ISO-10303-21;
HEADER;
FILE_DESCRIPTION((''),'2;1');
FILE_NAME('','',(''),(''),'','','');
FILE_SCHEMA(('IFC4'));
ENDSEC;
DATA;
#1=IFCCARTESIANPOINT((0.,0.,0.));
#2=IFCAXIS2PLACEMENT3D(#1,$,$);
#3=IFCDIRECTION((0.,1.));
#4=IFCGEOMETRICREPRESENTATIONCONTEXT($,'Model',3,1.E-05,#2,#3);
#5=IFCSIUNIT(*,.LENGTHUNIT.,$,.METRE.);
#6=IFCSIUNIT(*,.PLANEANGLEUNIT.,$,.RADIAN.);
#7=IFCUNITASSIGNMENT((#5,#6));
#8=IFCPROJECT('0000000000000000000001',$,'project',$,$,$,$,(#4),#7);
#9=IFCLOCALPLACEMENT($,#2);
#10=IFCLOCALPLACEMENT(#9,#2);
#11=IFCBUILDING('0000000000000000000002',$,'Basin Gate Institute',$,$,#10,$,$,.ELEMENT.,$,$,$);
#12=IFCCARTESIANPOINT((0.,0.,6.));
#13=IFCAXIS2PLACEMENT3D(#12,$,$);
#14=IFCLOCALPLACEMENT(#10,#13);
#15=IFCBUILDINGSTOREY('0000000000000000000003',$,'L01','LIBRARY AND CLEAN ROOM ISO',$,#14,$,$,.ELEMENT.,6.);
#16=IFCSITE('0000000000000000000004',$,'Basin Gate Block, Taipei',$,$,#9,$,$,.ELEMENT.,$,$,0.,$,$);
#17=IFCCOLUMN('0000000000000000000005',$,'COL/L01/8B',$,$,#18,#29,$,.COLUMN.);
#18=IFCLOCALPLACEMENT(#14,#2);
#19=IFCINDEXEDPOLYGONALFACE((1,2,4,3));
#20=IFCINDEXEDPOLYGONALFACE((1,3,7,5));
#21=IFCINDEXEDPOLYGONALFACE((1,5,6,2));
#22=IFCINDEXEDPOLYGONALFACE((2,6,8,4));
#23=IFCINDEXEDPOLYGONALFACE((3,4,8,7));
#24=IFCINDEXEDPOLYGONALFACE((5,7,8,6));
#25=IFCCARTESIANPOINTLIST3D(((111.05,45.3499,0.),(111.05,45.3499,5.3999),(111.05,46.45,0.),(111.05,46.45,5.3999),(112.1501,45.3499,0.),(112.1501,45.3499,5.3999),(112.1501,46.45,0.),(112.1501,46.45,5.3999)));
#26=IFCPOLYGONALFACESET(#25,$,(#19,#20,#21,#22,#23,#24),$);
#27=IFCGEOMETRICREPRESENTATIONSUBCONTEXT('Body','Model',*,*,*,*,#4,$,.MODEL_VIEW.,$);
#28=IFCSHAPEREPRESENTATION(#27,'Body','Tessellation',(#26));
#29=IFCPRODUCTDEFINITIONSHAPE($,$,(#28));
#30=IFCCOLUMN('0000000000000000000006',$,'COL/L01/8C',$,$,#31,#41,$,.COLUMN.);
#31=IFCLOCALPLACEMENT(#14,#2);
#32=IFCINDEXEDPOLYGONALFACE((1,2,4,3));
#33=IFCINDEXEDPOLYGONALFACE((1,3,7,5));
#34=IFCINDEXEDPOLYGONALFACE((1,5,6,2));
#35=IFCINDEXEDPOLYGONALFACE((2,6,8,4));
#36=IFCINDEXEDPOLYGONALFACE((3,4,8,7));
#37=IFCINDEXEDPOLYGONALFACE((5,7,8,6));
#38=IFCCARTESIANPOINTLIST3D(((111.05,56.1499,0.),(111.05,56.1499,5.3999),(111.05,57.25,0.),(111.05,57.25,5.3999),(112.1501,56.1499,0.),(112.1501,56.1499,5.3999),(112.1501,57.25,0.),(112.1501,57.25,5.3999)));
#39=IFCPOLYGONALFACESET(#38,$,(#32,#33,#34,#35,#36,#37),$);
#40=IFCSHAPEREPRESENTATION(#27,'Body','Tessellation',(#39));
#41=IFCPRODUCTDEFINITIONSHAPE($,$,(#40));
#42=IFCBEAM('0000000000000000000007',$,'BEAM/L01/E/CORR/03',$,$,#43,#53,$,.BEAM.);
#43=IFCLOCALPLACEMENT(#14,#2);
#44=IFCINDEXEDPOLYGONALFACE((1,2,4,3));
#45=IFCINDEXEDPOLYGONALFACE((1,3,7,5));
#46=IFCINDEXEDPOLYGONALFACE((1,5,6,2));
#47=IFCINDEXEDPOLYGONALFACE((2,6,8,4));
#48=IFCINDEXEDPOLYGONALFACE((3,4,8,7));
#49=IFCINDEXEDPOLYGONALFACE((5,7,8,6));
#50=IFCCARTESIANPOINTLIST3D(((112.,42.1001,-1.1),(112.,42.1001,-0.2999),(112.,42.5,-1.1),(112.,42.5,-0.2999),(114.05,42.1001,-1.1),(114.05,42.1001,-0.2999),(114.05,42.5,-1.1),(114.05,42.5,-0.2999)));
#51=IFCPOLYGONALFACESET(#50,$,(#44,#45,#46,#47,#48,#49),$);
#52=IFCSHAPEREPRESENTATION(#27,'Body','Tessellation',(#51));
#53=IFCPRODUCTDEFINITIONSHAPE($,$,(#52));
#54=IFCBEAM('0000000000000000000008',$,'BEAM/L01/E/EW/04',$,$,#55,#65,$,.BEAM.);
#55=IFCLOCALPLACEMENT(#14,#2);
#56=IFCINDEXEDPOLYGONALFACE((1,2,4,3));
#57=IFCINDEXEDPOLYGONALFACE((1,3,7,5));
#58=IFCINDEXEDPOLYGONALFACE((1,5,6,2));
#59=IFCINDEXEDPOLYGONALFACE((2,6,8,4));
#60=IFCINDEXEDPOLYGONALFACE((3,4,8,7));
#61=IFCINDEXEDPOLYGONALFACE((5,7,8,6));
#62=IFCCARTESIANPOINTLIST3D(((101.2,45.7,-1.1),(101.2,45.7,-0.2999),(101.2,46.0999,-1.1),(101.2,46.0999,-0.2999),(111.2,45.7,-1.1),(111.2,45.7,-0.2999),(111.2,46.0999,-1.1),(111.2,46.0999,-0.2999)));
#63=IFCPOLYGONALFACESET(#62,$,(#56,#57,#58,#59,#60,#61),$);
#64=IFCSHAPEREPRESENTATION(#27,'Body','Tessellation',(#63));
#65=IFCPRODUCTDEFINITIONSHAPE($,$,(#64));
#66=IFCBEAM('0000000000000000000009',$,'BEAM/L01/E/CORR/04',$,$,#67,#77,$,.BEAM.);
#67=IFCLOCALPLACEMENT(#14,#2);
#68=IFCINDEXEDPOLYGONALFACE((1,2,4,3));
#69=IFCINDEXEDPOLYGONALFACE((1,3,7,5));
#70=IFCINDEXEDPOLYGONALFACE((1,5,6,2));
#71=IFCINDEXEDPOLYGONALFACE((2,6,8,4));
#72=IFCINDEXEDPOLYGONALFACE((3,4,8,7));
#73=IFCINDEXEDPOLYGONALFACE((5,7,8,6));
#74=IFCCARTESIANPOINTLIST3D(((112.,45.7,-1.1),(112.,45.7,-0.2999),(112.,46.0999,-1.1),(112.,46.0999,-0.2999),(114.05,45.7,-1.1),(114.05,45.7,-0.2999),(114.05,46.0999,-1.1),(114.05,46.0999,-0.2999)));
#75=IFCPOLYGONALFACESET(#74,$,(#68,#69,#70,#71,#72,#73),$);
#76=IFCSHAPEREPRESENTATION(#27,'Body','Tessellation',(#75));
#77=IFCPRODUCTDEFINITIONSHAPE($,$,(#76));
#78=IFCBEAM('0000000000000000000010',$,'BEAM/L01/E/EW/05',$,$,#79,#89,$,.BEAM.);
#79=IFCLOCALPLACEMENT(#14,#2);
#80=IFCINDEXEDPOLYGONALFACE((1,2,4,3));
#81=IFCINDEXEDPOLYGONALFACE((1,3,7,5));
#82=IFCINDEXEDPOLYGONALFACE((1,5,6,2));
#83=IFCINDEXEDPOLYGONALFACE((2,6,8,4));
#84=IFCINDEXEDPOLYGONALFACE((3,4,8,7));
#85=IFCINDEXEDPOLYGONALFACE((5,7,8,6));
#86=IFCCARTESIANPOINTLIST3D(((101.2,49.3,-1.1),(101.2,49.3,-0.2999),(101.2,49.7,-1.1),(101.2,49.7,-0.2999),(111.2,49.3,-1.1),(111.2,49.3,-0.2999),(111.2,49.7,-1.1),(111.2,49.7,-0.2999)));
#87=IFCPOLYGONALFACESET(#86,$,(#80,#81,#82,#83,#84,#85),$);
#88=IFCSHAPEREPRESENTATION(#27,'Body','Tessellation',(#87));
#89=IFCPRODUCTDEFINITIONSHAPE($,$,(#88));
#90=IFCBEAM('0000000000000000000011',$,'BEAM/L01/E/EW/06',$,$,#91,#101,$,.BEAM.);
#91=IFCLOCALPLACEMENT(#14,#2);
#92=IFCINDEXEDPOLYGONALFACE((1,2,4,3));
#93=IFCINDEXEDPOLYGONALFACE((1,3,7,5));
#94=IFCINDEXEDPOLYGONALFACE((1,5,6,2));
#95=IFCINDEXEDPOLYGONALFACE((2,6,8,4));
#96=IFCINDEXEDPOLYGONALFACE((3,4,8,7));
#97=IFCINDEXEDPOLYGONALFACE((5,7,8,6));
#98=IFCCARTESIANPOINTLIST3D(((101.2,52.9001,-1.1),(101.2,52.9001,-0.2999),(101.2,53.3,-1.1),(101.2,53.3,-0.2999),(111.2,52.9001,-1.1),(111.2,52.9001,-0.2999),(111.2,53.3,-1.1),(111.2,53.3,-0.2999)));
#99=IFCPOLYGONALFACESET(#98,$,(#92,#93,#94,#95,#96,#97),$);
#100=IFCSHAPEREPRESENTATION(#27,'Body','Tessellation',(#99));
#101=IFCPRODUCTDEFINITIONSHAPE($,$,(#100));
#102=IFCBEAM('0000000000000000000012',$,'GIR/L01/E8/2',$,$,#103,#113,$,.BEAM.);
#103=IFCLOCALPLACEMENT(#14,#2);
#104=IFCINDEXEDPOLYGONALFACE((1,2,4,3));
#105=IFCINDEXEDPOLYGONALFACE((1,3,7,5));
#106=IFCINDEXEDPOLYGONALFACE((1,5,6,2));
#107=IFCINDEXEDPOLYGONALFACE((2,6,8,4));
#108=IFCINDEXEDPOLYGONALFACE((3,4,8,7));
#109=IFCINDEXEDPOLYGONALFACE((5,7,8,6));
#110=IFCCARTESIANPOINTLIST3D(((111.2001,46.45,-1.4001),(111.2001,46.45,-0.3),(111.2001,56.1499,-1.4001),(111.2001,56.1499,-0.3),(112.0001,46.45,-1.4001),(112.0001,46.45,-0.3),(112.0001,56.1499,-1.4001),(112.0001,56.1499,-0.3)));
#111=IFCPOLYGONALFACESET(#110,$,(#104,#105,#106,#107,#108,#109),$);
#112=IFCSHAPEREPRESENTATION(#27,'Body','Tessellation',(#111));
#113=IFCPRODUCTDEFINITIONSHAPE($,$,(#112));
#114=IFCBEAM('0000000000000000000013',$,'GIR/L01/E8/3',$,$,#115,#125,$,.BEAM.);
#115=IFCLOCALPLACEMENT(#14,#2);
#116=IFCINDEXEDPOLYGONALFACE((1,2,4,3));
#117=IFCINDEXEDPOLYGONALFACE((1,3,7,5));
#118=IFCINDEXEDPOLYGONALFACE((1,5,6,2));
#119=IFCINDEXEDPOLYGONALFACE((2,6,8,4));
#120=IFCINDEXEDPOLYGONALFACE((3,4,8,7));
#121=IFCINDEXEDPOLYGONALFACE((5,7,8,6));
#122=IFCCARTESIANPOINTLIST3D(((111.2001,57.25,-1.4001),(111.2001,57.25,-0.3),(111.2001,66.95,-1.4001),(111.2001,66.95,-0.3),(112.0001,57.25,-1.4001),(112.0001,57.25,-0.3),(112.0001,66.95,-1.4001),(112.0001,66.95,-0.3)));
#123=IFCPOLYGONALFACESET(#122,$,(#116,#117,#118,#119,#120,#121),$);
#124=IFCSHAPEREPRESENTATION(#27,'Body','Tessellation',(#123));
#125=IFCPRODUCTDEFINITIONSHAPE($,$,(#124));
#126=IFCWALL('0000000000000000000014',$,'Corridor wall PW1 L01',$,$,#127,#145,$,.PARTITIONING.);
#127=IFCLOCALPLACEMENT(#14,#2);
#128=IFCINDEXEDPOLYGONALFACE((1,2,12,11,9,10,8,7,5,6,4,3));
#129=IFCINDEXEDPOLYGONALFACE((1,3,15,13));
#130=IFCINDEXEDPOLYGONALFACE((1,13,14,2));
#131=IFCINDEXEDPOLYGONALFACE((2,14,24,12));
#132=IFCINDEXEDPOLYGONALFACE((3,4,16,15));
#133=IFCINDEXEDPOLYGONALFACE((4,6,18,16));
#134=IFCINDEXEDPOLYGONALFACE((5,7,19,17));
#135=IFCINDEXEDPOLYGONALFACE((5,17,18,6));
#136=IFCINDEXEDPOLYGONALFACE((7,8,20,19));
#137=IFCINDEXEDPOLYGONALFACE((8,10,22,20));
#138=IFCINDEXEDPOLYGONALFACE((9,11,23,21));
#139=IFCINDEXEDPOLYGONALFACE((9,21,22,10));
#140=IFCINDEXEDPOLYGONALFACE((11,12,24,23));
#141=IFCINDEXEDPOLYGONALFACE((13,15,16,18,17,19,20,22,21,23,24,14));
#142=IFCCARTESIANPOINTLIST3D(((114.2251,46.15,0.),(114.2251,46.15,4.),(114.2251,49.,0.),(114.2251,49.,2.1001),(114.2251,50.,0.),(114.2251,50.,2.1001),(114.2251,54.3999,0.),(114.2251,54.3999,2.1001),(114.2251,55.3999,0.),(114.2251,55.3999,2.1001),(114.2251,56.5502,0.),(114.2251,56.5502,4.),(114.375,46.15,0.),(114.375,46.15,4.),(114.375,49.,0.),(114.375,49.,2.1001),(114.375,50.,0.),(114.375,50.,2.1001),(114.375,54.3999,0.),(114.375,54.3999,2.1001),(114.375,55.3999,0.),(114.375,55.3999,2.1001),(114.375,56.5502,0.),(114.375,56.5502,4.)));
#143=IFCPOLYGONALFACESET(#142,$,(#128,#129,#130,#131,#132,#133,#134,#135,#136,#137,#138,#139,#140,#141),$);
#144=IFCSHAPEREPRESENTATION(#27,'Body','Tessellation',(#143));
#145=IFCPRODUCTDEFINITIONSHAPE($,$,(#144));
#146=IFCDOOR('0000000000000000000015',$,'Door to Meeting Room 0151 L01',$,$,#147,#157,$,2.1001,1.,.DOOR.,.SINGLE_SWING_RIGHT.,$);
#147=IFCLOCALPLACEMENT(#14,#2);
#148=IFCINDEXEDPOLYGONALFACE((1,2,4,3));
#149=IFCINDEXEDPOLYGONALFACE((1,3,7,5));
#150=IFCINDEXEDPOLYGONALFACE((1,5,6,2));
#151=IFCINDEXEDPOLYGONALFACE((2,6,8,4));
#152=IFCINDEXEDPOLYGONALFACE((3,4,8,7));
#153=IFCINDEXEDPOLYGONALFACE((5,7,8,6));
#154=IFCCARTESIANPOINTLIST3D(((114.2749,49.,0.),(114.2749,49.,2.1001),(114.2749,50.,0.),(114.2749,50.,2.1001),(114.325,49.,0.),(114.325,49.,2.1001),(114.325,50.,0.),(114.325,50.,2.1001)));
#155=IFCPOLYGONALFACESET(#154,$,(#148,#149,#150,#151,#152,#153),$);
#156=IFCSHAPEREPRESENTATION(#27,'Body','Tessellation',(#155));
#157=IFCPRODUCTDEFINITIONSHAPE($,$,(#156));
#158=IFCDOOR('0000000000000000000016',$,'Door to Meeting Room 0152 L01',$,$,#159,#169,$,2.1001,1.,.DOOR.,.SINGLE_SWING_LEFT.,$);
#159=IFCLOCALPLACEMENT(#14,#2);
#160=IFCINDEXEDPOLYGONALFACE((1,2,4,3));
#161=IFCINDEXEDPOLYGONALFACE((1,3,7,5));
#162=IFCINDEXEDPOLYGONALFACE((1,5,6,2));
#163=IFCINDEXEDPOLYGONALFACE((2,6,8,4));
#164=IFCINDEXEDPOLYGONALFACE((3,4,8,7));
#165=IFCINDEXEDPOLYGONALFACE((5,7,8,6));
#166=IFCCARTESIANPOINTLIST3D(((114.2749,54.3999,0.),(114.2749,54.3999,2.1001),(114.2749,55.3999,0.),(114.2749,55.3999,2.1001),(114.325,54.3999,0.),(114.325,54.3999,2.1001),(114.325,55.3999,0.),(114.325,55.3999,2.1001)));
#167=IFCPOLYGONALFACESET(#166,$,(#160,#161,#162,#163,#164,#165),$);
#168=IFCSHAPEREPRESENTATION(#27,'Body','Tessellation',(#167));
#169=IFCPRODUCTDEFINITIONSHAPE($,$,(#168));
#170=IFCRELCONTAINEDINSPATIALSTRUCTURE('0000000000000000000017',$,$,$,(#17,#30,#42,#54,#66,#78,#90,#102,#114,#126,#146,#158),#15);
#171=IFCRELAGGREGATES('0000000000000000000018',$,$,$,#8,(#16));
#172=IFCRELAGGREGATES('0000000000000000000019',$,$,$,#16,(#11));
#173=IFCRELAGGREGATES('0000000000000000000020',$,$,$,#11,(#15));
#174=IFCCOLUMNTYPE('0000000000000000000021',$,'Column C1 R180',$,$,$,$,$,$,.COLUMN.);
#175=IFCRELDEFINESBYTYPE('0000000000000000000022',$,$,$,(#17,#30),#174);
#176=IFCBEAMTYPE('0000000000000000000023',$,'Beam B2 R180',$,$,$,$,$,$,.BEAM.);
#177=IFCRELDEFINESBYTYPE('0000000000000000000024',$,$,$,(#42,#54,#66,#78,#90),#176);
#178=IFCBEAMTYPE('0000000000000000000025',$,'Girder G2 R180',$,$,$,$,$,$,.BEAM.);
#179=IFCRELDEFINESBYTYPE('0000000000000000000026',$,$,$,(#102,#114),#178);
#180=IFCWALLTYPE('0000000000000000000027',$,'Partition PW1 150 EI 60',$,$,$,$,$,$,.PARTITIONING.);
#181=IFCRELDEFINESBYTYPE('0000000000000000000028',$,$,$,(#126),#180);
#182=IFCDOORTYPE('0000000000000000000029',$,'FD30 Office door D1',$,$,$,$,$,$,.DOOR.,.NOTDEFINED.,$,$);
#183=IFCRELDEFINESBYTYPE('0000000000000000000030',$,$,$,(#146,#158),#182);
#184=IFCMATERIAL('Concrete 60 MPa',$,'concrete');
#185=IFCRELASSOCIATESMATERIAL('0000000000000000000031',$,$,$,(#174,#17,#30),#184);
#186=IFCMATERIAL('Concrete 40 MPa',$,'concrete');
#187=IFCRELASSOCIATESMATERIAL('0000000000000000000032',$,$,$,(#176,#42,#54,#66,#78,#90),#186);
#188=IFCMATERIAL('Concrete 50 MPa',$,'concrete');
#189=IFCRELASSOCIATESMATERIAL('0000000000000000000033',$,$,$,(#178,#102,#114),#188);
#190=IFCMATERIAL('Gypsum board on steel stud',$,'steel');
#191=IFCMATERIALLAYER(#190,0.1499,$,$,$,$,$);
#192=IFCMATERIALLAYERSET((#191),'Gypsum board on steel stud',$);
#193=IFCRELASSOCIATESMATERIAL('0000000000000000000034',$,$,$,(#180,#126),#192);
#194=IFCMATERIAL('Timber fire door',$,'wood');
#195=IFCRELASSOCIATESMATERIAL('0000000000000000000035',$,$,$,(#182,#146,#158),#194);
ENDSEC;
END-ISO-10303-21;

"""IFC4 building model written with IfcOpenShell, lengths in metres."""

from ifc_helpers import new_model, si_unit, direction, frame, frame_2d, origin, origin_2d, place, context, subcontext, project, spatial, rectangle, extrude, material, layer, layer_set, material_profile, profile_set, type_object, element, fill, save


model = new_model("IFC4")

# Units and contexts
model_context = context("Model", 3, precision=1e-05, world=origin(), true_north=direction((0.0, 1.0)))
body_context = subcontext(model_context, "Body", "Model", "MODEL_VIEW")
ifc_project = project(units=[si_unit("LENGTHUNIT", "METRE"), si_unit("PLANEANGLEUNIT", "RADIAN")], contexts=[model_context])

# Site, building, storey
site_placement = place(None, origin())
site = spatial("IfcSite", under=ifc_project, at=site_placement, Name="Basin Gate Block, Taipei", CompositionType="ELEMENT", RefElevation=0.0)
building_placement = place(site_placement, origin())
building = spatial("IfcBuilding", under=site, at=building_placement, Name="Basin Gate Institute", CompositionType="ELEMENT")
storey_placement = place(building_placement, frame((0.0, 0.0, 6.0)))
storey = spatial("IfcBuildingStorey", under=building, at=storey_placement, Name="L01", Description="LIBRARY AND CLEAN ROOM ISO", CompositionType="ELEMENT", Elevation=6.0)

# Columns
ifc_material_1 = material(Name="Concrete 60 MPa", Category="concrete")
ifc_material_profile_1 = material_profile(ifc_material_1, rectangle(XDim=1.1001, YDim=1.1001, at=origin_2d()), Name="Column C1 1100 x 1100")
ifc_profile_set_1 = profile_set([ifc_material_profile_1], Name="Concrete 60 MPa")
column_type = type_object("IfcColumnType", Name="Column C1 R180", PredefinedType="COLUMN", material=ifc_profile_set_1)
for number, where, z_axis, x_axis, name in (
    (1, (111.6001, 45.8999, 0.0), (0.0, 0.0, 1.0), (1.0, 0.0, 0.0), "COL/L01/8B"),
    (2, (111.6001, 56.7, 0.0), (0.0, 0.0, 1.0), (1.0, 0.0, 0.0), "COL/L01/8C"),
):
    element("IfcColumn", number, at=place(storey_placement, frame(where, z_axis=z_axis, x_axis=x_axis)), inside=storey, type_object=column_type, material=ifc_profile_set_1, Name=name, PredefinedType="COLUMN", context=body_context, shape_type="SweptSolid", body=[
        extrude(rectangle(XDim=1.1001, YDim=1.1001, at=origin_2d()), origin(), (0.0, 0.0, 1.0), 5.3999),
    ])

# Beams
ifc_material_2 = material(Name="Concrete 40 MPa", Category="concrete")
ifc_material_profile_2 = material_profile(ifc_material_2, rectangle(XDim=0.3999, YDim=0.8, at=origin_2d()), Name="Beam B2 400 x 800")
ifc_profile_set_2 = profile_set([ifc_material_profile_2], Name="Concrete 40 MPa")
beam_type_1 = type_object("IfcBeamType", Name="Beam B2 R180", PredefinedType="BEAM", material=ifc_profile_set_2)
beam_1_placement = place(storey_placement, frame((114.05, 42.3, -0.7), z_axis=(-1.0, 0.0, 0.0), x_axis=(0.0, -1.0, 0.0)))
element("IfcBeam", 3, at=beam_1_placement, inside=storey, type_object=beam_type_1, material=ifc_profile_set_2, Name="BEAM/L01/E/CORR/03", PredefinedType="BEAM", context=body_context, shape_type="SweptSolid", body=[
    extrude(rectangle(XDim=0.3999, YDim=0.8, at=origin_2d()), origin(), (0.0, 0.0, 1.0), 2.05),
])
beam_2_placement = place(storey_placement, frame((111.2, 45.8999, -0.7), z_axis=(-1.0, 0.0, 0.0), x_axis=(0.0, -1.0, 0.0)))
element("IfcBeam", 4, at=beam_2_placement, inside=storey, type_object=beam_type_1, material=ifc_profile_set_2, Name="BEAM/L01/E/EW/04", PredefinedType="BEAM", context=body_context, shape_type="SweptSolid", body=[
    extrude(rectangle(XDim=0.3999, YDim=0.8, at=origin_2d()), origin(), (0.0, 0.0, 1.0), 10.0),
])
beam_3_placement = place(storey_placement, frame((114.05, 45.8999, -0.7), z_axis=(-1.0, 0.0, 0.0), x_axis=(0.0, -1.0, 0.0)))
element("IfcBeam", 5, at=beam_3_placement, inside=storey, type_object=beam_type_1, material=ifc_profile_set_2, Name="BEAM/L01/E/CORR/04", PredefinedType="BEAM", context=body_context, shape_type="SweptSolid", body=[
    extrude(rectangle(XDim=0.3999, YDim=0.8, at=origin_2d()), origin(), (0.0, 0.0, 1.0), 2.05),
])
for number, where, z_axis, x_axis, name in (
    (6, (111.2, 49.5, -0.7), (-1.0, 0.0, 0.0), (0.0, -1.0, 0.0), "BEAM/L01/E/EW/05"),
    (7, (111.2, 53.1001, -0.7), (-1.0, 0.0, 0.0), (0.0, -1.0, 0.0), "BEAM/L01/E/EW/06"),
):
    element("IfcBeam", number, at=place(storey_placement, frame(where, z_axis=z_axis, x_axis=x_axis)), inside=storey, type_object=beam_type_1, material=ifc_profile_set_2, Name=name, PredefinedType="BEAM", context=body_context, shape_type="SweptSolid", body=[
        extrude(rectangle(XDim=0.3999, YDim=0.8, at=origin_2d()), origin(), (0.0, 0.0, 1.0), 10.0),
    ])
ifc_material_3 = material(Name="Concrete 50 MPa", Category="concrete")
ifc_material_profile_3 = material_profile(ifc_material_3, rectangle(XDim=0.8, YDim=1.1001, at=origin_2d()), Name="Girder G2 800 x 1100")
ifc_profile_set_3 = profile_set([ifc_material_profile_3], Name="Concrete 50 MPa")
beam_type_2 = type_object("IfcBeamType", Name="Girder G2 R180", PredefinedType="BEAM", material=ifc_profile_set_3)
for number, where, z_axis, x_axis, name in (
    (8, (111.6001, 46.45, -0.8501), (0.0, 1.0, 0.0), (-1.0, 0.0, 0.0), "GIR/L01/E8/2"),
    (9, (111.6001, 57.25, -0.8501), (0.0, 1.0, 0.0), (-1.0, 0.0, 0.0), "GIR/L01/E8/3"),
):
    element("IfcBeam", number, at=place(storey_placement, frame(where, z_axis=z_axis, x_axis=x_axis)), inside=storey, type_object=beam_type_2, material=ifc_profile_set_3, Name=name, PredefinedType="BEAM", context=body_context, shape_type="SweptSolid", body=[
        extrude(rectangle(XDim=0.8, YDim=1.1001, at=origin_2d()), origin(), (0.0, 0.0, 1.0), 9.7),
    ])

# Wall, openings, doors
ifc_material_4 = material(Name="Gypsum board on steel stud", Category="steel")
ifc_layer_1 = layer(ifc_material_4, 0.1499)
ifc_layer_set_1 = layer_set([ifc_layer_1], Name="Gypsum board on steel stud")
wall_type_1 = type_object("IfcWallType", Name="Partition PW1 150 EI 60", PredefinedType="PARTITIONING", material=ifc_layer_set_1)
wall_1_placement = place(storey_placement, frame((114.3, 46.1499, 0.0), z_axis=(0.0, 0.0, 1.0), x_axis=(0.0, 1.0, 0.0)))
wall_1 = element("IfcWall", 10, at=wall_1_placement, inside=storey, type_object=wall_type_1, material=ifc_layer_set_1, Name="Corridor wall PW1 L01", PredefinedType="PARTITIONING", context=body_context, shape_type="SweptSolid", body=[
    extrude(rectangle(XDim=10.4001, YDim=0.1499, at=frame_2d((5.2002, 0.0))), origin(), (0.0, 0.0, 1.0), 4.0),
])
opening_1_placement = place(wall_1_placement, frame((2.8501, 0.0, 0.0)))
opening_1 = element("IfcOpeningElement", 11, at=opening_1_placement, cuts=wall_1, PredefinedType="OPENING", context=body_context, shape_type="SweptSolid", body=[
    extrude(rectangle(XDim=1.0, YDim=2.1001, at=frame_2d((0.5, 1.05))), frame((0.0, 0.085, 0.0), z_axis=(0.0, -1.0, 0.0), x_axis=(1.0, 0.0, 0.0)), (0.0, 0.0, 1.0), 0.1699),
])
opening_2_placement = place(wall_1_placement, frame((8.25, 0.0, 0.0)))
opening_2 = element("IfcOpeningElement", 12, at=opening_2_placement, cuts=wall_1, PredefinedType="OPENING", context=body_context, shape_type="SweptSolid", body=[
    extrude(rectangle(XDim=1.0, YDim=2.1001, at=frame_2d((0.5, 1.05))), frame((0.0, 0.085, 0.0), z_axis=(0.0, -1.0, 0.0), x_axis=(1.0, 0.0, 0.0)), (0.0, 0.0, 1.0), 0.1699),
])
ifc_material_5 = material(Name="Timber fire door", Category="wood")
door_type_1 = type_object("IfcDoorType", Name="FD30 Office door D1", OperationType="NOTDEFINED", PredefinedType="DOOR", material=ifc_material_5)
door_1_placement = place(opening_1_placement, frame((1.0, 0.0, 0.0), z_axis=(0.0, 0.0, 1.0), x_axis=(-1.0, 0.0, 0.0)))
door_1 = element("IfcDoor", 13, at=door_1_placement, inside=storey, type_object=door_type_1, material=ifc_material_5, Name="Door to Meeting Room 0151 L01", OperationType="SINGLE_SWING_RIGHT", OverallHeight=2.1001, OverallWidth=1.0, PredefinedType="DOOR", context=body_context, shape_type="SweptSolid", body=[
    extrude(rectangle(XDim=1.0, YDim=2.1001, at=frame_2d((0.5, 1.05))), frame((0.0, 0.0249, 0.0), z_axis=(0.0, -1.0, 0.0), x_axis=(1.0, 0.0, 0.0)), (0.0, 0.0, 1.0), 0.05),
])
fill(opening_1, door_1)
door_2_placement = place(opening_2_placement, frame((1.0, 0.0, 0.0), z_axis=(0.0, 0.0, 1.0), x_axis=(-1.0, 0.0, 0.0)))
door_2 = element("IfcDoor", 14, at=door_2_placement, inside=storey, type_object=door_type_1, material=ifc_material_5, Name="Door to Meeting Room 0152 L01", OperationType="SINGLE_SWING_LEFT", OverallHeight=2.1001, OverallWidth=1.0, PredefinedType="DOOR", context=body_context, shape_type="SweptSolid", body=[
    extrude(rectangle(XDim=1.0, YDim=2.1001, at=frame_2d((0.5, 1.05))), frame((0.0, 0.0249, 0.0), z_axis=(0.0, -1.0, 0.0), x_axis=(1.0, 0.0, 0.0)), (0.0, 0.0, 1.0), 0.05),
])
fill(opening_2, door_2)

save(model, "model.ifc")
